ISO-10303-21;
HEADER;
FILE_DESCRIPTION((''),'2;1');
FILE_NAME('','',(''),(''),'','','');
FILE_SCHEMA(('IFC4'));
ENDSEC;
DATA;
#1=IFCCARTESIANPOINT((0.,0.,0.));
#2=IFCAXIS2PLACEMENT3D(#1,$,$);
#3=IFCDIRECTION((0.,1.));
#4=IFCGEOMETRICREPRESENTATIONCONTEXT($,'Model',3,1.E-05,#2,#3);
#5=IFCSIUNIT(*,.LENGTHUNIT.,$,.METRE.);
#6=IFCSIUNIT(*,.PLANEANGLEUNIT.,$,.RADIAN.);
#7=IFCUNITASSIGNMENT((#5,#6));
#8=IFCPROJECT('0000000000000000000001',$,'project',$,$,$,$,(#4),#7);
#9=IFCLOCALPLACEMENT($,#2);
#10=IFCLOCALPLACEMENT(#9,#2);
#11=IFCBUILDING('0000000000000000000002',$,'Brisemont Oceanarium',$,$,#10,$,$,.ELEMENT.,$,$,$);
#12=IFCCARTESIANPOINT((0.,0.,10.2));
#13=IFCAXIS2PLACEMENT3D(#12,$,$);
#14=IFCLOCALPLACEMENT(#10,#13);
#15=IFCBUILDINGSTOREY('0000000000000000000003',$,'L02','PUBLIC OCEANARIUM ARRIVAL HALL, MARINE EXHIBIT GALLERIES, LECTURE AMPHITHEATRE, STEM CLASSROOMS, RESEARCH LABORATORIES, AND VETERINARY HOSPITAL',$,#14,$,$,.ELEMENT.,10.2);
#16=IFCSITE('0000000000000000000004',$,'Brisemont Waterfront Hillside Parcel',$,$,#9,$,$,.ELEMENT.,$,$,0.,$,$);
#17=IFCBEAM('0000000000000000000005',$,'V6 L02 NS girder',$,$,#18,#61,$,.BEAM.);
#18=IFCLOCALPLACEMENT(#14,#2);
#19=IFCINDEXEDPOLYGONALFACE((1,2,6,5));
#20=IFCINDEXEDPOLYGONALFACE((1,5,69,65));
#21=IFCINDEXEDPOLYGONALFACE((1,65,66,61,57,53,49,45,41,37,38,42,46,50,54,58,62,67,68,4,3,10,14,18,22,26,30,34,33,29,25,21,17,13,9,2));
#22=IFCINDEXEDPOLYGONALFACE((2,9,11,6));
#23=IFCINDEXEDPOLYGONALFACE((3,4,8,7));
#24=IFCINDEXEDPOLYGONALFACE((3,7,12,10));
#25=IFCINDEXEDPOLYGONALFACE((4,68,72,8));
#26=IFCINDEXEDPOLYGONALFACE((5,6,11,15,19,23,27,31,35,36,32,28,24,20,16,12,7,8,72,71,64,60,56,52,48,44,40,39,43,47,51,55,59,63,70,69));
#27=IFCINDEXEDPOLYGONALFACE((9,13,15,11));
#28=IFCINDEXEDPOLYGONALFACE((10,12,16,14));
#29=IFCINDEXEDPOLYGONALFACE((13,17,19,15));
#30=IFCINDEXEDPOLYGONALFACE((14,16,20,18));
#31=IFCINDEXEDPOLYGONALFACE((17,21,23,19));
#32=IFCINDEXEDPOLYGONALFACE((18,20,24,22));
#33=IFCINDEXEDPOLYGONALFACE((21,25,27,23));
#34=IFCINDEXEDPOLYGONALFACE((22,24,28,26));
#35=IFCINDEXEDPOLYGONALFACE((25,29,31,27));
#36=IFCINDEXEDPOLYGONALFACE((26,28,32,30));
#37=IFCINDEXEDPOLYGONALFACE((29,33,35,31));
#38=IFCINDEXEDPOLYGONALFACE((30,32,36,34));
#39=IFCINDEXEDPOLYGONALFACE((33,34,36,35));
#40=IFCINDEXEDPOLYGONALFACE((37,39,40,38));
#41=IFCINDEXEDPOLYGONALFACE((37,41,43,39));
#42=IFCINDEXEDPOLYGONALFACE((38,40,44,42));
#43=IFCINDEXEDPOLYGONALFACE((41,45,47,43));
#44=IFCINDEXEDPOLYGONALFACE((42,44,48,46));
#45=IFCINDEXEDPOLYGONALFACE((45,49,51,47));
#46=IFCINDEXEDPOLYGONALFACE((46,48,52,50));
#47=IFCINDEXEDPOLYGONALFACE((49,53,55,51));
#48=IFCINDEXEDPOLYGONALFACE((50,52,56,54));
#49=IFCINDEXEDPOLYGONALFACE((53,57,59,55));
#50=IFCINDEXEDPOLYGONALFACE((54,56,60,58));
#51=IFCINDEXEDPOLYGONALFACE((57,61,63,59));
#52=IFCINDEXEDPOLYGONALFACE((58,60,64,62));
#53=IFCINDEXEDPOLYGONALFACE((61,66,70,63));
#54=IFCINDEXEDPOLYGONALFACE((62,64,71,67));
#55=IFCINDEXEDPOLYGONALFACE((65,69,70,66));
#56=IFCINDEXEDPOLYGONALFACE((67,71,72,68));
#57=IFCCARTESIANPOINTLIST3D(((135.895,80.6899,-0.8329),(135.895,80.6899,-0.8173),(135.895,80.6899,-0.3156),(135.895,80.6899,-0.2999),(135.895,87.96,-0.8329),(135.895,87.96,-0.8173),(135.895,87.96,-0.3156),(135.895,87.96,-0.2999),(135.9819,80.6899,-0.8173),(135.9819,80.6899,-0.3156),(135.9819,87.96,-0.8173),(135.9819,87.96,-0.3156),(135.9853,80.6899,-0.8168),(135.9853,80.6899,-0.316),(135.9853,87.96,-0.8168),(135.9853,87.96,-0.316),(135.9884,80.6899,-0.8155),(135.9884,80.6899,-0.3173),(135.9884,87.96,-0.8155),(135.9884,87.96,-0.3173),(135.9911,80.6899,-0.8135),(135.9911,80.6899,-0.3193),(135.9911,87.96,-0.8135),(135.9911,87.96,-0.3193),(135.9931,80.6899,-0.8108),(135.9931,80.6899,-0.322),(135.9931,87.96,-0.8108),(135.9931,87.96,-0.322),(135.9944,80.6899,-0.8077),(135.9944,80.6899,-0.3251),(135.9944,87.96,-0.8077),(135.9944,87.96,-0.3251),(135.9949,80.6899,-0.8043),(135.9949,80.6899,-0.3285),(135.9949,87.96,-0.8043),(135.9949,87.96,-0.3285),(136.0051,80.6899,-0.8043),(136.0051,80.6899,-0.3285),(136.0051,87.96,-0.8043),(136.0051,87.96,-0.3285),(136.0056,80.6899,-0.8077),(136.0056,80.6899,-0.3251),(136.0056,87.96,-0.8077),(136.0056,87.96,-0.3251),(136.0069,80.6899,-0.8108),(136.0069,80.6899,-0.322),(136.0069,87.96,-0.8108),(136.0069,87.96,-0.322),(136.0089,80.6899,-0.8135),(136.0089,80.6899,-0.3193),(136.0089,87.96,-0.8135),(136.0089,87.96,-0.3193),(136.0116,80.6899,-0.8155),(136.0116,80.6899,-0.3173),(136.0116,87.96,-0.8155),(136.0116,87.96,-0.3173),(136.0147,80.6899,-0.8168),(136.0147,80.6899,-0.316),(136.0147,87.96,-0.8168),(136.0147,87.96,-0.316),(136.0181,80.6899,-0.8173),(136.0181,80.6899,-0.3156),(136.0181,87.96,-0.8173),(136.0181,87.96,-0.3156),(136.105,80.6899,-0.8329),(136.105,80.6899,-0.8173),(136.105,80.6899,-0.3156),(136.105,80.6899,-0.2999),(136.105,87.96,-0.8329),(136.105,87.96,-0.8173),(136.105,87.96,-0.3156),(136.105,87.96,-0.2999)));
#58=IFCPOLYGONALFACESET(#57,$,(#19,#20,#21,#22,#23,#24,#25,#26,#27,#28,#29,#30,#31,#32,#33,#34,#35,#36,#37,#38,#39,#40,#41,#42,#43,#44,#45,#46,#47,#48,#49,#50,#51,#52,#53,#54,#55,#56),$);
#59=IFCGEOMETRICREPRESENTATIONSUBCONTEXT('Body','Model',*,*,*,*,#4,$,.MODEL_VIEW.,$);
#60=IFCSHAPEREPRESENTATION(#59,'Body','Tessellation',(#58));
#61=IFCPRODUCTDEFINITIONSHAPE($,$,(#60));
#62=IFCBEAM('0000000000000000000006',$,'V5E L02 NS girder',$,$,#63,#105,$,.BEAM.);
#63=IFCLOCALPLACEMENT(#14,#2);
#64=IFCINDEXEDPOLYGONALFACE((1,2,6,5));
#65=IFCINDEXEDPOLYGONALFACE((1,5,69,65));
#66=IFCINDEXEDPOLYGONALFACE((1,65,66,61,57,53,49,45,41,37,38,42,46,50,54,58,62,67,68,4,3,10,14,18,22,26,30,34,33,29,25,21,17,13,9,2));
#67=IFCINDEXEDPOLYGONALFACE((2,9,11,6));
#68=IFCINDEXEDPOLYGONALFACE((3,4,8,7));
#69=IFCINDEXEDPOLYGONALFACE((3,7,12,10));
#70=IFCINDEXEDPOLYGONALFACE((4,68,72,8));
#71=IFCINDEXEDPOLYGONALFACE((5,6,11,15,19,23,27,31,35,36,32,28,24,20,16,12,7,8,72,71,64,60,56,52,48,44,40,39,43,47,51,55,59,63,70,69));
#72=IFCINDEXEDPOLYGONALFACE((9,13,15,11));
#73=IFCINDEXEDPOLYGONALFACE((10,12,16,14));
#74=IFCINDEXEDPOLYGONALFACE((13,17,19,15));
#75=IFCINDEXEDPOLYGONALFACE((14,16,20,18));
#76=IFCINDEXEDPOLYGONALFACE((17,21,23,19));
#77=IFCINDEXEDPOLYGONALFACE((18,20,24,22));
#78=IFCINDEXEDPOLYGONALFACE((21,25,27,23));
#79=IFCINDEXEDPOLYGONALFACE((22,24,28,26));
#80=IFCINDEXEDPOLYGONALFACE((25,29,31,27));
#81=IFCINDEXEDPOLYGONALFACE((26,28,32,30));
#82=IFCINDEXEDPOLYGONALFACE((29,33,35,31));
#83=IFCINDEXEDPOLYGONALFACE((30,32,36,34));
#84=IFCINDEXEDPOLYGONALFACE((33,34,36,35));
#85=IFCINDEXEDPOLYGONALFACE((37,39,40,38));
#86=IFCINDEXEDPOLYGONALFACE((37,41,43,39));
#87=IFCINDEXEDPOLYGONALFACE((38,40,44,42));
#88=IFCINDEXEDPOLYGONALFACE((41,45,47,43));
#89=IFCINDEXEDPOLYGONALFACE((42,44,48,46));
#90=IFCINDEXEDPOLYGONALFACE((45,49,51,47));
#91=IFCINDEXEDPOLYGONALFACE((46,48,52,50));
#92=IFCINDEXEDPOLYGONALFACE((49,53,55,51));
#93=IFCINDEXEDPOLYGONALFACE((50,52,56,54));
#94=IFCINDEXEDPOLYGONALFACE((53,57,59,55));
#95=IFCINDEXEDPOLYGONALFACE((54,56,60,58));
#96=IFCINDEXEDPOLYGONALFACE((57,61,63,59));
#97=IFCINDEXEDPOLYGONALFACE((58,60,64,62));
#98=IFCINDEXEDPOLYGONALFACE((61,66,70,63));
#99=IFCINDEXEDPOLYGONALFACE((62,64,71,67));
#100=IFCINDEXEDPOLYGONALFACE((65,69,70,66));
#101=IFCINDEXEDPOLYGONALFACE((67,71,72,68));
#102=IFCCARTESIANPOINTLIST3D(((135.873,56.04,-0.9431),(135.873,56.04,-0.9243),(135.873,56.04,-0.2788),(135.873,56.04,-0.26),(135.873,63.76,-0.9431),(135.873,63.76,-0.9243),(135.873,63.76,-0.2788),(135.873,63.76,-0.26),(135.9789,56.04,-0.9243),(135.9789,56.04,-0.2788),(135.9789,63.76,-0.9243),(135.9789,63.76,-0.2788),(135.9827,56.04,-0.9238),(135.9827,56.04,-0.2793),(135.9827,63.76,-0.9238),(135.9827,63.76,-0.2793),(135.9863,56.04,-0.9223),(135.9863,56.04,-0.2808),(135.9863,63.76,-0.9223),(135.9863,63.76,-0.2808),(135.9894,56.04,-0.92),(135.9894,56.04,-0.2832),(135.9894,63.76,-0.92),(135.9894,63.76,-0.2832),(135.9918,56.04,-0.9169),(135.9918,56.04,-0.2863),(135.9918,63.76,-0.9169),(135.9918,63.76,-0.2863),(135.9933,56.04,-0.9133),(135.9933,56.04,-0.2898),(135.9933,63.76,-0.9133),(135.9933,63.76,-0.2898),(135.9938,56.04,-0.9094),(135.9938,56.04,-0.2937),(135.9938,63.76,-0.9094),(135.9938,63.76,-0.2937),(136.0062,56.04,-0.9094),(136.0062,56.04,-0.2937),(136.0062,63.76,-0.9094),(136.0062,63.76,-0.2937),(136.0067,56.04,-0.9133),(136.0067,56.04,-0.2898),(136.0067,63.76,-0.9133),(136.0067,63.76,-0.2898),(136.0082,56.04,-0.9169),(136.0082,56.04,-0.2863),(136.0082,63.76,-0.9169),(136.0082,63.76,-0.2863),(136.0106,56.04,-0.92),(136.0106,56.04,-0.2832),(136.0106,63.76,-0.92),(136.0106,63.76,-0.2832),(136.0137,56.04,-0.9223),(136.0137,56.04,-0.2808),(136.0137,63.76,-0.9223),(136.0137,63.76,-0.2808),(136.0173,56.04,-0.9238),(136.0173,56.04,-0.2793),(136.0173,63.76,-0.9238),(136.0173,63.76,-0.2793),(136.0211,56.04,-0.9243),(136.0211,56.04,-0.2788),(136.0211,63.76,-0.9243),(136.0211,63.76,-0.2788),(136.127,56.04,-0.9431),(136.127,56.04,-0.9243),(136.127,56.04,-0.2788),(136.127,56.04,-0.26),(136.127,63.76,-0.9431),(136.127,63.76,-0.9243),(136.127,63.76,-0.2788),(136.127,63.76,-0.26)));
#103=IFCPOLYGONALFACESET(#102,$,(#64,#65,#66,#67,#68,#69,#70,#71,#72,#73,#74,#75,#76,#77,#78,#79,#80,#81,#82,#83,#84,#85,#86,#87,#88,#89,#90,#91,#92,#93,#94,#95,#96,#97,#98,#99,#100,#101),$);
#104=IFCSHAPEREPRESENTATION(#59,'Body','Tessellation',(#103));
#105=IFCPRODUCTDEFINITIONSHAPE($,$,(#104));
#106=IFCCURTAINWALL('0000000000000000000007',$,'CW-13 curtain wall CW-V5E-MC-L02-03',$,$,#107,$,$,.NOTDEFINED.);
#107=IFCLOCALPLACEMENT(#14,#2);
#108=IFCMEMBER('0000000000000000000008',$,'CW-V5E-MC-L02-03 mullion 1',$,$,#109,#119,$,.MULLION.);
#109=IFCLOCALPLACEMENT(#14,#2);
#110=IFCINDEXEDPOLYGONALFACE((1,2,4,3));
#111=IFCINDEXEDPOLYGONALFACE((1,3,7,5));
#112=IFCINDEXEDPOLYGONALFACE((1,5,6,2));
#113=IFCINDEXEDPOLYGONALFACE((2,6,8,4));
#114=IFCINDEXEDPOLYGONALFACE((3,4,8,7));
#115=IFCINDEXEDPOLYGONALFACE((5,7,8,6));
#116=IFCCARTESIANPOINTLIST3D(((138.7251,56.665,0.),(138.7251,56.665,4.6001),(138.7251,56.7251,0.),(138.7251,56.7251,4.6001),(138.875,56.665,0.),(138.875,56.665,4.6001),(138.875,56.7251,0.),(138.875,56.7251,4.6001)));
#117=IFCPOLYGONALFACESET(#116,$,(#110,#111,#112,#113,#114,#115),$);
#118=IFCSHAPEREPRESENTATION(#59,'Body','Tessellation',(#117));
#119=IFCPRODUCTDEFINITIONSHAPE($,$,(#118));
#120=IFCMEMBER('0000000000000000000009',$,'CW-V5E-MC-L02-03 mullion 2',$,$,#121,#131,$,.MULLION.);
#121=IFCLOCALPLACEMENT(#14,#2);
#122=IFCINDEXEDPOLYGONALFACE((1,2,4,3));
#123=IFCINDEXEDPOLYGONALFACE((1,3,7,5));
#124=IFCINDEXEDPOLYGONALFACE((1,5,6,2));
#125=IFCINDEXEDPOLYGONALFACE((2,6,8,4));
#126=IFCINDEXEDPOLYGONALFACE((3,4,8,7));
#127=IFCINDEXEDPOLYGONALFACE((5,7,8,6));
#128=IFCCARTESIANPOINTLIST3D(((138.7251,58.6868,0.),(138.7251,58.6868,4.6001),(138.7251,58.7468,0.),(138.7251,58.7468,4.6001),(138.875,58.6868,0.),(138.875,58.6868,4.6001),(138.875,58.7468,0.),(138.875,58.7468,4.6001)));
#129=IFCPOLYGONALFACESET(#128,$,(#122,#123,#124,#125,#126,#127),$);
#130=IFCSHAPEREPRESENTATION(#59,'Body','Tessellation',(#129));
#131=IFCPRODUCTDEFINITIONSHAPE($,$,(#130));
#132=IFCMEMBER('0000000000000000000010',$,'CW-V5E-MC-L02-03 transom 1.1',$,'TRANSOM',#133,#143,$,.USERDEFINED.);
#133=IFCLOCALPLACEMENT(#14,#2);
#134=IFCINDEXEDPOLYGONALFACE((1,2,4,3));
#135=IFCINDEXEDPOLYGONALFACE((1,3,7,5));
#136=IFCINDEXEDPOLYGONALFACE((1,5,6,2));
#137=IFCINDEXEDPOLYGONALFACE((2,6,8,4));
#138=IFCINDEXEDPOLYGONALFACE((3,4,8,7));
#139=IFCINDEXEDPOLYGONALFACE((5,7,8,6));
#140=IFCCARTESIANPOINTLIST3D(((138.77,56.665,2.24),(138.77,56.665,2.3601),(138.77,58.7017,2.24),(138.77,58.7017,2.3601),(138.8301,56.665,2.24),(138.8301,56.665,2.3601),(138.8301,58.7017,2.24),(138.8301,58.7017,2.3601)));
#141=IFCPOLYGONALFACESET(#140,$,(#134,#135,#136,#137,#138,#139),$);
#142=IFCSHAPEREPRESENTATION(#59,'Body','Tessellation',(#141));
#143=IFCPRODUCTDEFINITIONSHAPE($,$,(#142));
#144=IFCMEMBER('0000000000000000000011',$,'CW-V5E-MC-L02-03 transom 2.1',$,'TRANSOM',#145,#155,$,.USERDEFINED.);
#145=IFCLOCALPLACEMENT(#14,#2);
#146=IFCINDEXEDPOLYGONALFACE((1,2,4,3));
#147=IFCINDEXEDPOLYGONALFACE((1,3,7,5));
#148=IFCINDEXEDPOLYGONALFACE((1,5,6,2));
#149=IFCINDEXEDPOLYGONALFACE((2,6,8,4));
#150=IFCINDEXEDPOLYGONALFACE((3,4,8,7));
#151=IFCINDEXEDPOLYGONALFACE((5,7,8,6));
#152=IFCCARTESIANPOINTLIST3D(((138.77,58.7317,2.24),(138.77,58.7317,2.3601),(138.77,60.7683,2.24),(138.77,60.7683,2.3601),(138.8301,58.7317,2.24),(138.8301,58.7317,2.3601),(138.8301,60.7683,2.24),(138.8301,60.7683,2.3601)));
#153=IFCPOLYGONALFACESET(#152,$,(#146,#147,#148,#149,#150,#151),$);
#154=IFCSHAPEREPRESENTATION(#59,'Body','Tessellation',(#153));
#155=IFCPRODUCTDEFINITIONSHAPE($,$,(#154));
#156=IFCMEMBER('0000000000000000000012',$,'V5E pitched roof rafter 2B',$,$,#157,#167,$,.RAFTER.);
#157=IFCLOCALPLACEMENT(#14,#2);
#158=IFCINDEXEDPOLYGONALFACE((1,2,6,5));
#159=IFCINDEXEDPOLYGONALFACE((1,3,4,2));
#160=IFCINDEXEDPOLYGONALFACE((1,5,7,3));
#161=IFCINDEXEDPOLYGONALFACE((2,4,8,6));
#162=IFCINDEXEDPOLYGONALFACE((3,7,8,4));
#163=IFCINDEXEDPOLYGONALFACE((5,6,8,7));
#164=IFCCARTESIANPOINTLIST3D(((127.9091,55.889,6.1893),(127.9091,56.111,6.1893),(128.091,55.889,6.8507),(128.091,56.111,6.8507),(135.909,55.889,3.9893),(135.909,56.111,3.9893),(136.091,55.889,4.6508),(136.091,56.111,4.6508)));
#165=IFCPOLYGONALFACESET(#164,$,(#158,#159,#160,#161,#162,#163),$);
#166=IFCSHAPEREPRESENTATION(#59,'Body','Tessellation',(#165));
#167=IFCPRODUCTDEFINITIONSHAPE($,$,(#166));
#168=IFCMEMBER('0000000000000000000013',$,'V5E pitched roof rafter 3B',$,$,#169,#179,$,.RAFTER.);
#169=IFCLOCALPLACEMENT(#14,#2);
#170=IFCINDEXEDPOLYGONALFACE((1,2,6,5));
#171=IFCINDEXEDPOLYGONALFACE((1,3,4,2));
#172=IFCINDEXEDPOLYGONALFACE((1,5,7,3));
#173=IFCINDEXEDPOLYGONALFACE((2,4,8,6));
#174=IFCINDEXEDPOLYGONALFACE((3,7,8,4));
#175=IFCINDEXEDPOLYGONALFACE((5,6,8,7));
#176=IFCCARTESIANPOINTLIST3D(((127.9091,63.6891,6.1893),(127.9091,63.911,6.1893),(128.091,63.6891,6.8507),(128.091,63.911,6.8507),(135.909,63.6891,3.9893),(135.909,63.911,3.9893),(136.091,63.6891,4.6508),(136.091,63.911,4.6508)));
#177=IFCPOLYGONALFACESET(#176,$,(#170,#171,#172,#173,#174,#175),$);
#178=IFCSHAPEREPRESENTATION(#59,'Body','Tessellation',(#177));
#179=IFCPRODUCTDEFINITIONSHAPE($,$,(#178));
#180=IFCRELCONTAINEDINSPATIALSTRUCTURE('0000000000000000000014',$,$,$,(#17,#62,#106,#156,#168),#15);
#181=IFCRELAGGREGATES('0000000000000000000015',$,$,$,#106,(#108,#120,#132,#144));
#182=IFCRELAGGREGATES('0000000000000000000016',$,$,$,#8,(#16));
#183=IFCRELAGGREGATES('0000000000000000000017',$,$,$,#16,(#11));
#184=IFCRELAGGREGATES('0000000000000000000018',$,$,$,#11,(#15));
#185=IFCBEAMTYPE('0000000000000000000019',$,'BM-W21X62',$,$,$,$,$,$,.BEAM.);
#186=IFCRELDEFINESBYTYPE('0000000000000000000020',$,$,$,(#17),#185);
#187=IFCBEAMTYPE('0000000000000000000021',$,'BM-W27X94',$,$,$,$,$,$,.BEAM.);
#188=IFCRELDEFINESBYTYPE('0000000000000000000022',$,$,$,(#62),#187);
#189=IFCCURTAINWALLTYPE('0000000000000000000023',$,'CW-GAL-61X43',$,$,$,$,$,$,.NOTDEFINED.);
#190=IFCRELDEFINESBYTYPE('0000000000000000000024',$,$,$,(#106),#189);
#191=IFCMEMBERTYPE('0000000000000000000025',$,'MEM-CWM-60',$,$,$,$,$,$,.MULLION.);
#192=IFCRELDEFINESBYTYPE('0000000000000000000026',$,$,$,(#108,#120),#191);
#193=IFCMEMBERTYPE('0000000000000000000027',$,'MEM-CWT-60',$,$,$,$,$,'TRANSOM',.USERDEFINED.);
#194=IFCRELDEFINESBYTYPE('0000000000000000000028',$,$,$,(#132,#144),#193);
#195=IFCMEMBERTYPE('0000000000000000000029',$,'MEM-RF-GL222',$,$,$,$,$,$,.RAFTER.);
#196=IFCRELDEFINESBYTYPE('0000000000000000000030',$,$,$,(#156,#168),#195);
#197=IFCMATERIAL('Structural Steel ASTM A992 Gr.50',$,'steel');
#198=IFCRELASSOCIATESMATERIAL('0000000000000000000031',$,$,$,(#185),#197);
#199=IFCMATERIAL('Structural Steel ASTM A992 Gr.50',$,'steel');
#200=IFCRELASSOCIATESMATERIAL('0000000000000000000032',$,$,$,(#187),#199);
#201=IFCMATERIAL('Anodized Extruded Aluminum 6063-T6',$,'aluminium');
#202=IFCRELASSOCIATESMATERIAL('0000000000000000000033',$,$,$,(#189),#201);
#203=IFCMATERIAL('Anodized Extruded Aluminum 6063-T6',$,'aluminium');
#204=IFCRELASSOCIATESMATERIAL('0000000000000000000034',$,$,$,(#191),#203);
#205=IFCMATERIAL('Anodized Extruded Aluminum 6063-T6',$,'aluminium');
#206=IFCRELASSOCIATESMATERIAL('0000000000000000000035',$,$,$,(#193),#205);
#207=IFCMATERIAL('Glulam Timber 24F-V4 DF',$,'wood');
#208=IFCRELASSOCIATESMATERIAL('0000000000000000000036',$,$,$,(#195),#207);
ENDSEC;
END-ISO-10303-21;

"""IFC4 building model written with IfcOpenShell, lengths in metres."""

from ifc_helpers import new_model, si_unit, direction, frame, origin, origin_2d, place, context, subcontext, project, spatial, rectangle, i_section, extrude, material, material_profile, profile_set, type_object, element, aggregate, save


model = new_model("IFC4")

# Units and contexts
model_context = context("Model", 3, precision=1e-05, world=origin(), true_north=direction((0.0, 1.0)))
body_context = subcontext(model_context, "Body", "Model", "MODEL_VIEW")
ifc_project = project(units=[si_unit("LENGTHUNIT", "METRE"), si_unit("PLANEANGLEUNIT", "RADIAN")], contexts=[model_context])

# Site, building, storey
site_placement = place(None, origin())
site = spatial("IfcSite", under=ifc_project, at=site_placement, Name="Brisemont Waterfront Hillside Parcel", CompositionType="ELEMENT", RefElevation=0.0)
building_placement = place(site_placement, origin())
building = spatial("IfcBuilding", under=site, at=building_placement, Name="Brisemont Oceanarium", CompositionType="ELEMENT")
storey_placement = place(building_placement, frame((0.0, 0.0, 10.2)))
storey = spatial("IfcBuildingStorey", under=building, at=storey_placement, Name="L02", Description="PUBLIC OCEANARIUM ARRIVAL HALL, MARINE EXHIBIT GALLERIES, LECTURE AMPHITHEATRE, STEM CLASSROOMS, RESEARCH LABORATORIES, AND VETERINARY HOSPITAL", CompositionType="ELEMENT", Elevation=10.2)

# Beams
ifc_material_1 = material(Name="Structural Steel ASTM A992 Gr.50", Category="steel")
ifc_material_profile_1 = material_profile(ifc_material_1, i_section(OverallWidth=0.21, OverallDepth=0.533, WebThickness=0.0103, FlangeThickness=0.0156, FilletRadius=0.0129, at=origin_2d()), Name="W21X62")
ifc_profile_set_1 = profile_set([ifc_material_profile_1], Name="Structural Steel ASTM A992 Gr.50")
beam_type_1 = type_object("IfcBeamType", Name="BM-W21X62", PredefinedType="BEAM", material=ifc_profile_set_1)
beam_1_placement = place(storey_placement, frame((136.0, 80.6899, -0.5664), z_axis=(0.0, 1.0, 0.0), x_axis=(-1.0, 0.0, 0.0)))
element("IfcBeam", 1, at=beam_1_placement, inside=storey, type_object=beam_type_1, Name="V6 L02 NS girder", PredefinedType="BEAM", context=body_context, shape_type="SweptSolid", body=[
    extrude(i_section(OverallWidth=0.21, OverallDepth=0.533, WebThickness=0.0103, FlangeThickness=0.0156, FilletRadius=0.0129, at=origin_2d()), origin(), (0.0, 0.0, 1.0), 7.27),
])
ifc_material_2 = material(Name="Structural Steel ASTM A992 Gr.50", Category="steel")
ifc_material_profile_2 = material_profile(ifc_material_2, i_section(OverallWidth=0.2539, OverallDepth=0.6831, WebThickness=0.0125, FlangeThickness=0.0188, FilletRadius=0.0149, at=origin_2d()), Name="W27X94")
ifc_profile_set_2 = profile_set([ifc_material_profile_2], Name="Structural Steel ASTM A992 Gr.50")
beam_type_2 = type_object("IfcBeamType", Name="BM-W27X94", PredefinedType="BEAM", material=ifc_profile_set_2)
beam_2_placement = place(storey_placement, frame((136.0, 56.04, -0.6016), z_axis=(0.0, 1.0, 0.0), x_axis=(-1.0, 0.0, 0.0)))
element("IfcBeam", 2, at=beam_2_placement, inside=storey, type_object=beam_type_2, Name="V5E L02 NS girder", PredefinedType="BEAM", context=body_context, shape_type="SweptSolid", body=[
    extrude(i_section(OverallWidth=0.2539, OverallDepth=0.6831, WebThickness=0.0125, FlangeThickness=0.0188, FilletRadius=0.0149, at=origin_2d()), origin(), (0.0, 0.0, 1.0), 7.72),
])

# Curtain wall, members
ifc_material_3 = material(Name="Anodized Extruded Aluminum 6063-T6", Category="aluminium")
curtain_wall_type = type_object("IfcCurtainWallType", Name="CW-GAL-61X43", PredefinedType="NOTDEFINED", material=ifc_material_3)
curtain_wall_placement = place(storey_placement, origin())
curtain_wall = element("IfcCurtainWall", 3, at=curtain_wall_placement, inside=storey, type_object=curtain_wall_type, Name="CW-13 curtain wall CW-V5E-MC-L02-03", PredefinedType="NOTDEFINED")
ifc_material_4 = material(Name="Anodized Extruded Aluminum 6063-T6", Category="aluminium")
ifc_material_profile_3 = material_profile(ifc_material_4, rectangle(XDim=0.0601, YDim=0.1499, at=origin_2d()), Name="CWM-60X150")
ifc_profile_set_3 = profile_set([ifc_material_profile_3], Name="Anodized Extruded Aluminum 6063-T6")
member_type_1 = type_object("IfcMemberType", Name="MEM-CWM-60", PredefinedType="MULLION", material=ifc_profile_set_3)
member_1_placement = place(storey_placement, frame((138.8, 56.6951, 0.0), z_axis=(0.0, 0.0, 1.0), x_axis=(0.0, 1.0, 0.0)))
member_1 = element("IfcMember", 4, at=member_1_placement, type_object=member_type_1, Name="CW-V5E-MC-L02-03 mullion 1", PredefinedType="MULLION", context=body_context, shape_type="SweptSolid", body=[
    extrude(rectangle(XDim=0.0601, YDim=0.1499, at=origin_2d()), origin(), (0.0, 0.0, 1.0), 4.6001),
])
member_2_placement = place(storey_placement, frame((138.8, 58.7168, 0.0), z_axis=(0.0, 0.0, 1.0), x_axis=(0.0, 1.0, 0.0)))
member_2 = element("IfcMember", 5, at=member_2_placement, type_object=member_type_1, Name="CW-V5E-MC-L02-03 mullion 2", PredefinedType="MULLION", context=body_context, shape_type="SweptSolid", body=[
    extrude(rectangle(XDim=0.0601, YDim=0.1499, at=origin_2d()), origin(), (0.0, 0.0, 1.0), 4.6001),
])
ifc_material_5 = material(Name="Anodized Extruded Aluminum 6063-T6", Category="aluminium")
ifc_material_profile_4 = material_profile(ifc_material_5, rectangle(XDim=0.0601, YDim=0.1201, at=origin_2d()), Name="CWT-60X120")
ifc_profile_set_4 = profile_set([ifc_material_profile_4], Name="Anodized Extruded Aluminum 6063-T6")
member_type_2 = type_object("IfcMemberType", Name="MEM-CWT-60", ElementType="TRANSOM", PredefinedType="USERDEFINED", material=ifc_profile_set_4)
member_3_placement = place(storey_placement, frame((138.8, 56.665, 2.3), z_axis=(0.0, 1.0, 0.0), x_axis=(-1.0, 0.0, 0.0)))
member_3 = element("IfcMember", 6, at=member_3_placement, type_object=member_type_2, Name="CW-V5E-MC-L02-03 transom 1.1", ObjectType="TRANSOM", PredefinedType="USERDEFINED", context=body_context, shape_type="SweptSolid", body=[
    extrude(rectangle(XDim=0.0601, YDim=0.1201, at=origin_2d()), origin(), (0.0, 0.0, 1.0), 2.0366),
])
member_4_placement = place(storey_placement, frame((138.8, 58.7317, 2.3), z_axis=(0.0, 1.0, 0.0), x_axis=(-1.0, 0.0, 0.0)))
member_4 = element("IfcMember", 7, at=member_4_placement, type_object=member_type_2, Name="CW-V5E-MC-L02-03 transom 2.1", ObjectType="TRANSOM", PredefinedType="USERDEFINED", context=body_context, shape_type="SweptSolid", body=[
    extrude(rectangle(XDim=0.0601, YDim=0.1201, at=origin_2d()), origin(), (0.0, 0.0, 1.0), 2.0366),
])

# Members
ifc_material_6 = material(Name="Glulam Timber 24F-V4 DF", Category="wood")
ifc_material_profile_5 = material_profile(ifc_material_6, rectangle(XDim=0.2219, YDim=0.686, at=origin_2d()), Name="GL-222X686")
ifc_profile_set_5 = profile_set([ifc_material_profile_5], Name="Glulam Timber 24F-V4 DF")
member_type_3 = type_object("IfcMemberType", Name="MEM-RF-GL222", PredefinedType="RAFTER", material=ifc_profile_set_5)
for number, where, z_axis, x_axis, name in (
    (8, (136.0, 56.0, 4.3201), (-0.964207, 0.0, 0.265151), (0.0, -1.0, 0.0), "V5E pitched roof rafter 2B"),
    (9, (136.0, 63.8, 4.3201), (-0.964207, 0.0, 0.265151), (0.0, -1.0, 0.0), "V5E pitched roof rafter 3B"),
):
    element("IfcMember", number, at=place(storey_placement, frame(where, z_axis=z_axis, x_axis=x_axis)), inside=storey, type_object=member_type_3, Name=name, PredefinedType="RAFTER", context=body_context, shape_type="SweptSolid", body=[
        extrude(rectangle(XDim=0.2219, YDim=0.686, at=origin_2d()), origin(), (0.0, 0.0, 1.0), 8.2969),
    ])

aggregate(curtain_wall, [member_1, member_2, member_3, member_4])

save(model, "model.ifc")
